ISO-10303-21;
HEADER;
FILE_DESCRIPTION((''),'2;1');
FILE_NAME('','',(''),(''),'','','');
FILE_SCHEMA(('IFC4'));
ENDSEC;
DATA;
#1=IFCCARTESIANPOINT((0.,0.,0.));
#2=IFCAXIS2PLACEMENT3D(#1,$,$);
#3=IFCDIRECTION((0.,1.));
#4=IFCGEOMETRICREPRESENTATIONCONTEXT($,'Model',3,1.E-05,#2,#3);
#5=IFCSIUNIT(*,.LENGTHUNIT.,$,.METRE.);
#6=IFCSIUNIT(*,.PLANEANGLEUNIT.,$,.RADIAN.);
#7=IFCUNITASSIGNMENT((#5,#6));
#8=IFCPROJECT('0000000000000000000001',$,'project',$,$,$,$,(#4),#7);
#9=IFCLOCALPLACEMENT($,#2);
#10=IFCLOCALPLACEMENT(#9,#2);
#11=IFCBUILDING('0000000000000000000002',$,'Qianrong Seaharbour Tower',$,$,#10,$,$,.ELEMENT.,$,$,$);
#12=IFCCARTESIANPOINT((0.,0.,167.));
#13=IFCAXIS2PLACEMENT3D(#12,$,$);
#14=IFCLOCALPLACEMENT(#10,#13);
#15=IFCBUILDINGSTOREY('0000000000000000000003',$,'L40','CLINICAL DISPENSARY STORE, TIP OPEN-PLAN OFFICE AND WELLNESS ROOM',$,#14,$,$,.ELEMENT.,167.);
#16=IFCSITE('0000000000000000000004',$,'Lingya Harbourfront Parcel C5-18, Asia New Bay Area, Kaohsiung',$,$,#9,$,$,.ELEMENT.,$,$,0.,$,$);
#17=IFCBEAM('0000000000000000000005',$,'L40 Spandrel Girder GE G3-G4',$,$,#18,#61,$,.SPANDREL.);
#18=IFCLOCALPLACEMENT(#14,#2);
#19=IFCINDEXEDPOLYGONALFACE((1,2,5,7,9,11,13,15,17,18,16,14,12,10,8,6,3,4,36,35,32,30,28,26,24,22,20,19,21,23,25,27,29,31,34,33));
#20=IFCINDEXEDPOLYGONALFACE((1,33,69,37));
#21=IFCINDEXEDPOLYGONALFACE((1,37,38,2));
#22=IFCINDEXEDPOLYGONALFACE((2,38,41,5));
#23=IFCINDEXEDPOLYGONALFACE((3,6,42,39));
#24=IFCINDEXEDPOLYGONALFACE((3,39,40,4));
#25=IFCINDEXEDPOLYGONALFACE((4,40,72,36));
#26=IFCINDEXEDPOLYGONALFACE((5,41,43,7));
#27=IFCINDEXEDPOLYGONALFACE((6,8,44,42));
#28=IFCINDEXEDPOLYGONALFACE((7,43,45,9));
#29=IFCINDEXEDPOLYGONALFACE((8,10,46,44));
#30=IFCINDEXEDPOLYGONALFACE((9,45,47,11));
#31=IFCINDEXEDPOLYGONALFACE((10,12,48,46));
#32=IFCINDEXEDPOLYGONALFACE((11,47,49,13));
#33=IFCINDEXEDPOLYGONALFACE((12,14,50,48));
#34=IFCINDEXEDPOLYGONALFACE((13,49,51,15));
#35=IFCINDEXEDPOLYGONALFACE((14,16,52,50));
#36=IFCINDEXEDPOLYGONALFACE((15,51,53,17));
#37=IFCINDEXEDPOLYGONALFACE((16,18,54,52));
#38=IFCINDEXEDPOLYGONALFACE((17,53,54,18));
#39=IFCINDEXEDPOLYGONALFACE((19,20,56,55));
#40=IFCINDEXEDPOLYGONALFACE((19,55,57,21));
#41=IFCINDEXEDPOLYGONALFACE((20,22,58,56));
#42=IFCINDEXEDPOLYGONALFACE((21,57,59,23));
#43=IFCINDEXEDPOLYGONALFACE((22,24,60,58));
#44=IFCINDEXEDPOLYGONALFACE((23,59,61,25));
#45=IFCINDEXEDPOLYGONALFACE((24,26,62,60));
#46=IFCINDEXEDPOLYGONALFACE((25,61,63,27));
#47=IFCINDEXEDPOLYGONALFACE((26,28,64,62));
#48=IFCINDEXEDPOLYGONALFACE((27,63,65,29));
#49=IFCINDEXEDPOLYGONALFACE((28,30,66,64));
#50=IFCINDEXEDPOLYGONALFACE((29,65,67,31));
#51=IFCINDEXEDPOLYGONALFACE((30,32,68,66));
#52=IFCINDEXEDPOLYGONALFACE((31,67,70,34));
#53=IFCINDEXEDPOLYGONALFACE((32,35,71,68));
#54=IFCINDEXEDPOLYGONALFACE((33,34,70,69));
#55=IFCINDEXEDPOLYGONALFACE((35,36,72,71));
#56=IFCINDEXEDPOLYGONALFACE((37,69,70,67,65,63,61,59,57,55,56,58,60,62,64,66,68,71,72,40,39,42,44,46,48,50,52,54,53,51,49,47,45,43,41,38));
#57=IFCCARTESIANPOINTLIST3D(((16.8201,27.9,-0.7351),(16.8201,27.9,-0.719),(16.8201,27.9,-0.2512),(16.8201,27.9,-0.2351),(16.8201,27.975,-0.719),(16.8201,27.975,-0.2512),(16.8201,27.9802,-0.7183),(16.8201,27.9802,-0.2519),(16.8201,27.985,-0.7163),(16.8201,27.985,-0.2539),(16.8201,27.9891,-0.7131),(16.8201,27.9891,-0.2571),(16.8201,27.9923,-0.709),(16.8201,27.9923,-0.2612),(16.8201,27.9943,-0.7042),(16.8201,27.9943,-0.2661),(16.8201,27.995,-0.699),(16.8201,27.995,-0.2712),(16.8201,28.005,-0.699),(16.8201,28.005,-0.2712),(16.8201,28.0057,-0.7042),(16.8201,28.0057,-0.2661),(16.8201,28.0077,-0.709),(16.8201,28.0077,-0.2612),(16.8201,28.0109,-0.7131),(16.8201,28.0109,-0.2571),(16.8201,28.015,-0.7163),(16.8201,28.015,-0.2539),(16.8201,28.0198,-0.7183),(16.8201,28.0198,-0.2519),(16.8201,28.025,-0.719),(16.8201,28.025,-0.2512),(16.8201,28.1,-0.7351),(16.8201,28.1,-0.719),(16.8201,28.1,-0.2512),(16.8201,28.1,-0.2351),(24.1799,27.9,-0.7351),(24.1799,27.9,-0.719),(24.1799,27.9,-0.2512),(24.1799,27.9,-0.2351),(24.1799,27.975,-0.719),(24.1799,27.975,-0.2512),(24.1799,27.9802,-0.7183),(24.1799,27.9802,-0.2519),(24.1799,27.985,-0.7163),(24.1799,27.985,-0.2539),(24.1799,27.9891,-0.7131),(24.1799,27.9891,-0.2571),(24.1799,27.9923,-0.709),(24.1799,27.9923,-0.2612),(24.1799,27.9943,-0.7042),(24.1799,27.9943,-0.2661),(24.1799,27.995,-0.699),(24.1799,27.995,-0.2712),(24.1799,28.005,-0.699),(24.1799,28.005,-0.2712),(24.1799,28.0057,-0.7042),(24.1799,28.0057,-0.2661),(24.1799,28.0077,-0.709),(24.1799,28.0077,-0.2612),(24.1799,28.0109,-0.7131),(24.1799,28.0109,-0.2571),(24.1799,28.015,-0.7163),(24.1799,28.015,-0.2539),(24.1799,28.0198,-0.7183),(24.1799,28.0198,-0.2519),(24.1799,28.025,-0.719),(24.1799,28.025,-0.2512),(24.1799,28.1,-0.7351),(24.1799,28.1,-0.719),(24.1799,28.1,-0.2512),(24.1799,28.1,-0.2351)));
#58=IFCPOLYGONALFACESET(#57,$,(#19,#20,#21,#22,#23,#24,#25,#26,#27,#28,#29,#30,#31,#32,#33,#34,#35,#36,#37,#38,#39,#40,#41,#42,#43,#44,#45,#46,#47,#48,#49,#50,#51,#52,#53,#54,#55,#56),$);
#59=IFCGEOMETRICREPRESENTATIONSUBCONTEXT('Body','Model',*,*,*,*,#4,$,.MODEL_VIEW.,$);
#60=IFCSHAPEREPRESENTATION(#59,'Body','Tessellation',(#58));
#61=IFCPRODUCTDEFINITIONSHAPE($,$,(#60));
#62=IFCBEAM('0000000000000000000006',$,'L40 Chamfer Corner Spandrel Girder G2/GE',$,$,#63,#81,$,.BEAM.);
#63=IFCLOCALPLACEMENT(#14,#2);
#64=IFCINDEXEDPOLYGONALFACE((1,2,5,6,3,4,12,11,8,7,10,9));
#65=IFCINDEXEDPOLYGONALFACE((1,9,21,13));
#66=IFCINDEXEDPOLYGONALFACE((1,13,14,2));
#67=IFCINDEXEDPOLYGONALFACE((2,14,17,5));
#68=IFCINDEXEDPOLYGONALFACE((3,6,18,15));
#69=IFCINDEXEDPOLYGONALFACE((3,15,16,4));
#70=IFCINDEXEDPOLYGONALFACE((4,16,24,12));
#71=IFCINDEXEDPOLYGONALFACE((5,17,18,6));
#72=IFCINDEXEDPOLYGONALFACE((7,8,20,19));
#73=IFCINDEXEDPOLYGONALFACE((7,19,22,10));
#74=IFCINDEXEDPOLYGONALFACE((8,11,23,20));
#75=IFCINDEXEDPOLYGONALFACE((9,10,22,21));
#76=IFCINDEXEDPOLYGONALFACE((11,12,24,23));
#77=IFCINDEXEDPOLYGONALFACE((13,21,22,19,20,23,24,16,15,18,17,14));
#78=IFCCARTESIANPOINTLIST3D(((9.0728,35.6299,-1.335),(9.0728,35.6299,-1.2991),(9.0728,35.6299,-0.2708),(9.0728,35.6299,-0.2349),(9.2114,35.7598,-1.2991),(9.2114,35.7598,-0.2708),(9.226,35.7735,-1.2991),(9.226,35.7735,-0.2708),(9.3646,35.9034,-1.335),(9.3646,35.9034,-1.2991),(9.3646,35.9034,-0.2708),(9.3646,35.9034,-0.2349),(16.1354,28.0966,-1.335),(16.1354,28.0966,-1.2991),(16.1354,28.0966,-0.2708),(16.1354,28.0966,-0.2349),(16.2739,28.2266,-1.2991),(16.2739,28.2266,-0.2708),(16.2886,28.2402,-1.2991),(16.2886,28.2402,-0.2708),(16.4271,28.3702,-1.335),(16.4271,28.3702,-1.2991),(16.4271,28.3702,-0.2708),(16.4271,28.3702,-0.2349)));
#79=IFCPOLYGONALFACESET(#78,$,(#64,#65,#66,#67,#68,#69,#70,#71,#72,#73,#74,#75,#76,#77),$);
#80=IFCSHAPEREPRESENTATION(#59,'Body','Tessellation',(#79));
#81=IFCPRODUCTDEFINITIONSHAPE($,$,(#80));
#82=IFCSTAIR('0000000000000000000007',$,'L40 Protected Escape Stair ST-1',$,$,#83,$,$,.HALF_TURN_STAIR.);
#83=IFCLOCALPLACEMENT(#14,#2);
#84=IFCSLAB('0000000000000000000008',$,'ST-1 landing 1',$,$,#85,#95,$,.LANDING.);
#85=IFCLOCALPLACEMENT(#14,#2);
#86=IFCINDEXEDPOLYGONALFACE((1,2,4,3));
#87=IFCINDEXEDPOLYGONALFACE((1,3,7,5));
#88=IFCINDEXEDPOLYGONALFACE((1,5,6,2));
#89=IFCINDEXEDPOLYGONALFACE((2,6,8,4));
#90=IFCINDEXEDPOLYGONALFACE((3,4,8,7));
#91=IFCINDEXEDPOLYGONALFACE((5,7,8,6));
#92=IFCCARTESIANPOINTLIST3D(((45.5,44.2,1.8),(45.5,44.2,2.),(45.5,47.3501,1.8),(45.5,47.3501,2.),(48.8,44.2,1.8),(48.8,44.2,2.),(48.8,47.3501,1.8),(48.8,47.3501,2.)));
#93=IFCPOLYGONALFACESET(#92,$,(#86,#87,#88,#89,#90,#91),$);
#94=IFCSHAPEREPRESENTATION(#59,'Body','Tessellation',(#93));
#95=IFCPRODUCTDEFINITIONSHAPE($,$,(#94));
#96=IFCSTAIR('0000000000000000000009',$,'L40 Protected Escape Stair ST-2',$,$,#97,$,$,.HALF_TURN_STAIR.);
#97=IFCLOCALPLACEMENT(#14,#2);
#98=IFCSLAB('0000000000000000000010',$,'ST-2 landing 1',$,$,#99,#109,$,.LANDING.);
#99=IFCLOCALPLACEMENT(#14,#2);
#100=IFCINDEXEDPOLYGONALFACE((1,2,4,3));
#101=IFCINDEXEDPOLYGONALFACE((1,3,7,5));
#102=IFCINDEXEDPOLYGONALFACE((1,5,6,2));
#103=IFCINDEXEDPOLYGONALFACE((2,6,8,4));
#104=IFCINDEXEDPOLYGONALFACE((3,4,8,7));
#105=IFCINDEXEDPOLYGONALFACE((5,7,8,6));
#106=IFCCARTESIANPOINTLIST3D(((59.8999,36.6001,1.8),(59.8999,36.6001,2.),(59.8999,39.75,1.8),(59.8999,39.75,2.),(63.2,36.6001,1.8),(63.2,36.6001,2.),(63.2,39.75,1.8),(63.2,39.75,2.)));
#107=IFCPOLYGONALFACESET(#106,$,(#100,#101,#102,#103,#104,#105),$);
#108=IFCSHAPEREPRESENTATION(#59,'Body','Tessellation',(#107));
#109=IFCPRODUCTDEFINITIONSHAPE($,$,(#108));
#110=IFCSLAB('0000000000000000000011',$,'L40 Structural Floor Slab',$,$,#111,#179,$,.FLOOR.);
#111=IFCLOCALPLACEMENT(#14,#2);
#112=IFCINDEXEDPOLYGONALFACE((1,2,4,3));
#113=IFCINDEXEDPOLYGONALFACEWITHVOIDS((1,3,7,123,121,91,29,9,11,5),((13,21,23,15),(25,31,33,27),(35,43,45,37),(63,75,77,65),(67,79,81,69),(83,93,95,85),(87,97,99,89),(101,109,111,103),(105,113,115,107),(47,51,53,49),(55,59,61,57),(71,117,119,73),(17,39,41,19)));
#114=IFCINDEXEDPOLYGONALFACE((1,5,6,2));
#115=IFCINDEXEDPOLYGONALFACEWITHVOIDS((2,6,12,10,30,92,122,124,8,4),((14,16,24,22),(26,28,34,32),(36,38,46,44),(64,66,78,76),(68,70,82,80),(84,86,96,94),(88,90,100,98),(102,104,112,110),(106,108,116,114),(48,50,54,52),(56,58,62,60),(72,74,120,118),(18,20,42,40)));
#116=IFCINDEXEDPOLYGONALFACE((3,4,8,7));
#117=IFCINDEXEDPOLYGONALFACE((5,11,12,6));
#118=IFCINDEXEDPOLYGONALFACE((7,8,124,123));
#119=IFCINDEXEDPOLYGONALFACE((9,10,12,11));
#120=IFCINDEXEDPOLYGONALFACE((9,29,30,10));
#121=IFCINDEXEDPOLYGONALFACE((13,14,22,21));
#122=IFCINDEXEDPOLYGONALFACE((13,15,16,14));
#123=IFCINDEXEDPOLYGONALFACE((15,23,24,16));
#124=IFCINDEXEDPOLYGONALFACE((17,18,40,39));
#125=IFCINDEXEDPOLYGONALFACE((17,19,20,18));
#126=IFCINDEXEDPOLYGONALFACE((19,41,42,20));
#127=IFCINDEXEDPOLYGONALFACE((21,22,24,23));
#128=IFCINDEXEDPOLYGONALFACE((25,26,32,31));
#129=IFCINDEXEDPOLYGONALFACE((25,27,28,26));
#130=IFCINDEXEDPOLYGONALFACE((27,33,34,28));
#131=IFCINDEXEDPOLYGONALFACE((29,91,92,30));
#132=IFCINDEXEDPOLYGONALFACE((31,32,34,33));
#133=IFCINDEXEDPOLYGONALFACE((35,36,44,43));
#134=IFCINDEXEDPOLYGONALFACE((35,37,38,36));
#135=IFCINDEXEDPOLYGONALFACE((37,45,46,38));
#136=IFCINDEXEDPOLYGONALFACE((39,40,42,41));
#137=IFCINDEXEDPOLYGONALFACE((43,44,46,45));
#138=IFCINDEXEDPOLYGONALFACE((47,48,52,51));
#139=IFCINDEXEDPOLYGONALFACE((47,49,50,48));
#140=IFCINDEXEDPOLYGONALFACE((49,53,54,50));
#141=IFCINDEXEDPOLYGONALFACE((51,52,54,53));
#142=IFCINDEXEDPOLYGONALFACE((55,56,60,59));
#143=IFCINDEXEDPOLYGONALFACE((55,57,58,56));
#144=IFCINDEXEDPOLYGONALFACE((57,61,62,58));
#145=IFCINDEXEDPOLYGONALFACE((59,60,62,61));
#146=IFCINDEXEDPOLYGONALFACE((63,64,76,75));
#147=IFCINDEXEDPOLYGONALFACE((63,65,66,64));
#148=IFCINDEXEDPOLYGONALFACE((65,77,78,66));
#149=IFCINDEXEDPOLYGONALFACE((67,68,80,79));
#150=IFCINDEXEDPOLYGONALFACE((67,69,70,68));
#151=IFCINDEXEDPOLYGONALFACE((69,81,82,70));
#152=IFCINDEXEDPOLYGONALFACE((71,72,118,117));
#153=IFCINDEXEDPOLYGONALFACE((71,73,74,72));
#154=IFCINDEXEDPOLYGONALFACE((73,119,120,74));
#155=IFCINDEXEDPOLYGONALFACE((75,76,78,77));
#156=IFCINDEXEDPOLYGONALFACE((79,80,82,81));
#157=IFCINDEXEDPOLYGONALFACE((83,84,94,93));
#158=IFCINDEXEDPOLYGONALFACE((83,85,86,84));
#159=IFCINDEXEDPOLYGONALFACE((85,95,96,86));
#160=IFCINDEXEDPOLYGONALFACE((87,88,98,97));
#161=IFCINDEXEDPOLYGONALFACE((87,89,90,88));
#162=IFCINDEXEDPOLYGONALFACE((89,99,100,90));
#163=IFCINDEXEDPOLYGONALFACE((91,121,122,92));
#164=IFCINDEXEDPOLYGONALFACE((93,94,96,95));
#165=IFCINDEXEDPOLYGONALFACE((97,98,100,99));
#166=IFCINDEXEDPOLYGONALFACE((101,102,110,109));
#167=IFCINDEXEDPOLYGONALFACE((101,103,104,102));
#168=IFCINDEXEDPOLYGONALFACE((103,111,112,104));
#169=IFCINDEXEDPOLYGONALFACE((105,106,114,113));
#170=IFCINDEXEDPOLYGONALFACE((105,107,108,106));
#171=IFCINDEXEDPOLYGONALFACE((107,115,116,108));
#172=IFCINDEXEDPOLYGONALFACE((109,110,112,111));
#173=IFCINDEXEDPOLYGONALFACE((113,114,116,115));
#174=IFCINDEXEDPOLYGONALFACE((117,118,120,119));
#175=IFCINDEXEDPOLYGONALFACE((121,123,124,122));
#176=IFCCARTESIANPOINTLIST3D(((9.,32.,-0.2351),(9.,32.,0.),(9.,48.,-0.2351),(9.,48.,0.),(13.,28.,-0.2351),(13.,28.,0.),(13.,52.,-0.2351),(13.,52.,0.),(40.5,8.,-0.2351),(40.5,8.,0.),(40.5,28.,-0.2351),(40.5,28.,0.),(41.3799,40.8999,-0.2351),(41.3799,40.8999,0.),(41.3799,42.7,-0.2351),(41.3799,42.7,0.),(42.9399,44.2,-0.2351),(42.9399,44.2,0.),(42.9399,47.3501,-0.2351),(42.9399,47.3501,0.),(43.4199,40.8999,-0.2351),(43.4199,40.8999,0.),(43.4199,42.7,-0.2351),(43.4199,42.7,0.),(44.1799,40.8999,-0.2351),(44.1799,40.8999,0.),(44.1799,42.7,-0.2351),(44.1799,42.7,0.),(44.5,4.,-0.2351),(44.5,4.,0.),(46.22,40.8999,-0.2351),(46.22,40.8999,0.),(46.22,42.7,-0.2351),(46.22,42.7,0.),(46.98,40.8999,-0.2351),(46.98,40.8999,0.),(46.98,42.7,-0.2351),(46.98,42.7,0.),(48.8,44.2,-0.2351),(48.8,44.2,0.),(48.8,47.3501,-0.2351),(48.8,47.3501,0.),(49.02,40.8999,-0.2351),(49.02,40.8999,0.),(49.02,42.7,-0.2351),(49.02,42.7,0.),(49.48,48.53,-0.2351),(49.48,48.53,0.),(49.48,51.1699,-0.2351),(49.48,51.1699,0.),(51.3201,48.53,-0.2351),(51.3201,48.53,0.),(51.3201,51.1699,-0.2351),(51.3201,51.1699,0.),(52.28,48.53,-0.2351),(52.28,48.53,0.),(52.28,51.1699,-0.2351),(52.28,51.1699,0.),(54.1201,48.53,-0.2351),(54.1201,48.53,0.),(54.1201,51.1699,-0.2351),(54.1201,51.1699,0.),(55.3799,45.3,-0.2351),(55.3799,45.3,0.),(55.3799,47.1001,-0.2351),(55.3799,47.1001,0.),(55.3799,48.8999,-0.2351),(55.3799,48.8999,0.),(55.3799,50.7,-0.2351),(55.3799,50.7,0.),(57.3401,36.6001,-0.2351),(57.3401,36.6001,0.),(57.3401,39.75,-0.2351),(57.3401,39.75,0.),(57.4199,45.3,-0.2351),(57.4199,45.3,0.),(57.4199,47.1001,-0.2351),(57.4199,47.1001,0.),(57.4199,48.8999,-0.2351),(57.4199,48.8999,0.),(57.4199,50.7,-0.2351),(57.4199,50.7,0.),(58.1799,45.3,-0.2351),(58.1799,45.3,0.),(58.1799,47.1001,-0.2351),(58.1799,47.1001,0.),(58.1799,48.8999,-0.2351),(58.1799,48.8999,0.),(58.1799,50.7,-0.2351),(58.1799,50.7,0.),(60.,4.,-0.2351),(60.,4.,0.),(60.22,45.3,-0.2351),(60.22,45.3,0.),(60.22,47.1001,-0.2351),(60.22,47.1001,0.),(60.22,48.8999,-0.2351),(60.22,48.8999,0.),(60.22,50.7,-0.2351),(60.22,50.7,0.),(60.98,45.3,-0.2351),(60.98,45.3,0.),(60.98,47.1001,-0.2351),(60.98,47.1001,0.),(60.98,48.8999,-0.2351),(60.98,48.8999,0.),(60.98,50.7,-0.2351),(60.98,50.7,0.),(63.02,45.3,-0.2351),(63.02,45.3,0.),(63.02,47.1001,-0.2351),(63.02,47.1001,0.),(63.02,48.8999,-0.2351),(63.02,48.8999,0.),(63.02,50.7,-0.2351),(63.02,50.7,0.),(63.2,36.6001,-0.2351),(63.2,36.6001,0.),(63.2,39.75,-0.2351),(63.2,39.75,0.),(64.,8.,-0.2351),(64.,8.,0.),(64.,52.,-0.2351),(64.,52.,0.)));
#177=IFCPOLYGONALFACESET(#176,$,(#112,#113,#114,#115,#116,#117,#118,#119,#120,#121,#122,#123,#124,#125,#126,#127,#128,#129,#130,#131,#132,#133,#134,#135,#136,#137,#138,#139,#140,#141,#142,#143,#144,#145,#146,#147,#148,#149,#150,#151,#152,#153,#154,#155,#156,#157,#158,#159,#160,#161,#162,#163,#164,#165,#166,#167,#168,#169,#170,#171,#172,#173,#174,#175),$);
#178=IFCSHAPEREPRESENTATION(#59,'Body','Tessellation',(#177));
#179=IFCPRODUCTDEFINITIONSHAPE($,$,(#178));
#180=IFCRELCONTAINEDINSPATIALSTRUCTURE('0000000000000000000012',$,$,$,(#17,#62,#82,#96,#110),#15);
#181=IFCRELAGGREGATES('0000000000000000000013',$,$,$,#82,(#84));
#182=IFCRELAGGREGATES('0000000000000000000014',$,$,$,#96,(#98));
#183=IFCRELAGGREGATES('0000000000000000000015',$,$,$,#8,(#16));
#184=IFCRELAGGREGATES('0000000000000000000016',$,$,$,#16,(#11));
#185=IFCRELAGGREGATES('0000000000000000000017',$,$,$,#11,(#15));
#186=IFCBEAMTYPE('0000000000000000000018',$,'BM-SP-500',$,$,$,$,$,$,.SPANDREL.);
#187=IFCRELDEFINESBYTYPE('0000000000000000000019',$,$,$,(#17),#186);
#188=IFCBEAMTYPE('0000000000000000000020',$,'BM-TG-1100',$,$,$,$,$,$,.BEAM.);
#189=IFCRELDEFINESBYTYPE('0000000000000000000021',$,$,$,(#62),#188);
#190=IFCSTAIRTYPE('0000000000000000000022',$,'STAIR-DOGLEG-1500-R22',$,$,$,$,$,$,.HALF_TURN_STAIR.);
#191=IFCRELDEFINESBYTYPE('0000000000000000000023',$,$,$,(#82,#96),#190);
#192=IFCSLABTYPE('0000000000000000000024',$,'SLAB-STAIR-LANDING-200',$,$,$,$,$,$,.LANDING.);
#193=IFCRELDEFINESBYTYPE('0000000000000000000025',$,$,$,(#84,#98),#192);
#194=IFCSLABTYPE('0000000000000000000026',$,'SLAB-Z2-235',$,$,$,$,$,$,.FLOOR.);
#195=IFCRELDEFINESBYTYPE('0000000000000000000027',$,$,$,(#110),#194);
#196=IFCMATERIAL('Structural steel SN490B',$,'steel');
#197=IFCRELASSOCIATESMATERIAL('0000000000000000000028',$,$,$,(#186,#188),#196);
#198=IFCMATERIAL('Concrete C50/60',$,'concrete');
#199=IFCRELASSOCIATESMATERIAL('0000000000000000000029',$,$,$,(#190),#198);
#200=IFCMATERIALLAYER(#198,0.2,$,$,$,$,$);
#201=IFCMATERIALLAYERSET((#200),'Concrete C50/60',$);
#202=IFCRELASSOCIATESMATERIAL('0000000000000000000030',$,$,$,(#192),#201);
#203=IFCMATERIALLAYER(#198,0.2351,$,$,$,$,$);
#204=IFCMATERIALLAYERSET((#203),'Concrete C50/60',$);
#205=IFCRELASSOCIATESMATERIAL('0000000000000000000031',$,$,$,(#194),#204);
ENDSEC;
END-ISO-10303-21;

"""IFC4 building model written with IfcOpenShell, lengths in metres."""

from ifc_helpers import new_model, si_unit, direction, frame, origin, origin_2d, place, context, subcontext, project, spatial, polyline, i_section, outline, extrude, material, layer, layer_set, material_profile, profile_set, type_object, element, aggregate, save


model = new_model("IFC4")

# Units and contexts
model_context = context("Model", 3, precision=1e-05, world=origin(), true_north=direction((0.0, 1.0)))
body_context = subcontext(model_context, "Body", "Model", "MODEL_VIEW")
ifc_project = project(units=[si_unit("LENGTHUNIT", "METRE"), si_unit("PLANEANGLEUNIT", "RADIAN")], contexts=[model_context])

# Site, building, storey
site_placement = place(None, origin())
site = spatial("IfcSite", under=ifc_project, at=site_placement, Name="Lingya Harbourfront Parcel C5-18, Asia New Bay Area, Kaohsiung", CompositionType="ELEMENT", RefElevation=0.0)
building_placement = place(site_placement, origin())
building = spatial("IfcBuilding", under=site, at=building_placement, Name="Qianrong Seaharbour Tower", CompositionType="ELEMENT")
storey_placement = place(building_placement, frame((0.0, 0.0, 167.0)))
storey = spatial("IfcBuildingStorey", under=building, at=storey_placement, Name="L40", Description="CLINICAL DISPENSARY STORE, TIP OPEN-PLAN OFFICE AND WELLNESS ROOM", CompositionType="ELEMENT", Elevation=167.0)

# Shared definitions
ifc_material_1 = material(Name="Structural steel SN490B", Category="steel")

# Beams
ifc_material_profile_1 = material_profile(ifc_material_1, i_section(OverallWidth=0.2, OverallDepth=0.5, WebThickness=0.01, FlangeThickness=0.0161, FilletRadius=0.02, at=origin_2d()), Name="H500x200x10x16")
ifc_profile_set_1 = profile_set([ifc_material_profile_1], Name="Structural steel SN490B")
beam_type_1 = type_object("IfcBeamType", Name="BM-SP-500", PredefinedType="SPANDREL", material=ifc_profile_set_1)
beam_1_placement = place(storey_placement, frame((16.8201, 28.0, -0.4851), z_axis=(1.0, 0.0, 0.0), x_axis=(0.0, 1.0, 0.0)))
element("IfcBeam", 1, at=beam_1_placement, inside=storey, type_object=beam_type_1, Name="L40 Spandrel Girder GE G3-G4", PredefinedType="SPANDREL", context=body_context, shape_type="SweptSolid", body=[
    extrude(i_section(OverallWidth=0.2, OverallDepth=0.5, WebThickness=0.01, FlangeThickness=0.0161, FilletRadius=0.02, at=origin_2d()), origin(), (0.0, 0.0, 1.0), 7.3599),
])
ifc_material_profile_2 = material_profile(ifc_material_1, i_section(OverallWidth=0.3999, OverallDepth=1.1001, WebThickness=0.02, FlangeThickness=0.0359, at=origin_2d()), Name="BH1100x400x20x36")
ifc_profile_set_2 = profile_set([ifc_material_profile_2], Name="Structural steel SN490B")
beam_type_2 = type_object("IfcBeamType", Name="BM-TG-1100", PredefinedType="BEAM", material=ifc_profile_set_2)
beam_2_placement = place(storey_placement, frame((16.2812, 28.2334, -0.7849), z_axis=(-0.683947, 0.729531, 0.0), x_axis=(-0.729531, -0.683947, 0.0)))
element("IfcBeam", 2, at=beam_2_placement, inside=storey, type_object=beam_type_2, Name="L40 Chamfer Corner Spandrel Girder G2/GE", PredefinedType="BEAM", context=body_context, shape_type="SweptSolid", body=[
    extrude(i_section(OverallWidth=0.3999, OverallDepth=1.1001, WebThickness=0.02, FlangeThickness=0.0359, at=origin_2d()), origin(), (0.0, 0.0, 1.0), 10.3262),
])

# Stairs, slabs
ifc_material_2 = material(Name="Concrete C50/60", Category="concrete")
stair_type = type_object("IfcStairType", Name="STAIR-DOGLEG-1500-R22", PredefinedType="HALF_TURN_STAIR", material=ifc_material_2)
stair_1_placement = place(storey_placement, origin())
stair_1 = element("IfcStair", 3, at=stair_1_placement, inside=storey, type_object=stair_type, Name="L40 Protected Escape Stair ST-1", PredefinedType="HALF_TURN_STAIR")
ifc_layer_1 = layer(ifc_material_2, 0.2)
ifc_layer_set_1 = layer_set([ifc_layer_1], Name="Concrete C50/60")
slab_type_1 = type_object("IfcSlabType", Name="SLAB-STAIR-LANDING-200", PredefinedType="LANDING", material=ifc_layer_set_1)
slab_1_placement = place(storey_placement, frame((0.0, 0.0, 1.8)))
slab_1 = element("IfcSlab", 4, at=slab_1_placement, type_object=slab_type_1, Name="ST-1 landing 1", PredefinedType="LANDING", context=body_context, shape_type="SweptSolid", body=[
    extrude(outline(polyline([(45.5, 44.2), (48.8, 44.2), (48.8, 47.3501), (45.5, 47.3501), (45.5, 44.2)])), origin(), (0.0, 0.0, 1.0), 0.2),
])
aggregate(stair_1, [slab_1])
stair_2_placement = place(storey_placement, origin())
stair_2 = element("IfcStair", 5, at=stair_2_placement, inside=storey, type_object=stair_type, Name="L40 Protected Escape Stair ST-2", PredefinedType="HALF_TURN_STAIR")
slab_2_placement = place(storey_placement, frame((0.0, 0.0, 1.8)))
slab_2 = element("IfcSlab", 6, at=slab_2_placement, type_object=slab_type_1, Name="ST-2 landing 1", PredefinedType="LANDING", context=body_context, shape_type="SweptSolid", body=[
    extrude(outline(polyline([(59.8999, 36.6001), (63.2, 36.6001), (63.2, 39.75), (59.8999, 39.75), (59.8999, 36.6001)])), origin(), (0.0, 0.0, 1.0), 0.2),
])
aggregate(stair_2, [slab_2])

# Slab
ifc_layer_2 = layer(ifc_material_2, 0.2351)
ifc_layer_set_2 = layer_set([ifc_layer_2], Name="Concrete C50/60")
slab_type_2 = type_object("IfcSlabType", Name="SLAB-Z2-235", PredefinedType="FLOOR", material=ifc_layer_set_2)
slab_3_placement = place(storey_placement, frame((0.0, 0.0, -0.2351)))
element("IfcSlab", 7, at=slab_3_placement, inside=storey, type_object=slab_type_2, Name="L40 Structural Floor Slab", PredefinedType="FLOOR", context=body_context, shape_type="SweptSolid", body=[
    extrude(outline(polyline([(44.5, 4.0), (60.0, 4.0), (64.0, 8.0), (64.0, 52.0), (13.0, 52.0), (9.0, 48.0), (9.0, 32.0), (13.0, 28.0), (40.5, 28.0), (40.5, 8.0), (44.5, 4.0)]), holes=[polyline([(42.9399, 44.2), (42.9399, 47.3501), (48.8, 47.3501), (48.8, 44.2), (42.9399, 44.2)]), polyline([(57.3401, 36.6001), (57.3401, 39.75), (63.2, 39.75), (63.2, 36.6001), (57.3401, 36.6001)]), polyline([(49.48, 48.53), (49.48, 51.1699), (51.3201, 51.1699), (51.3201, 48.53), (49.48, 48.53)]), polyline([(52.28, 48.53), (52.28, 51.1699), (54.1201, 51.1699), (54.1201, 48.53), (52.28, 48.53)]), polyline([(41.3799, 40.8999), (41.3799, 42.7), (43.4199, 42.7), (43.4199, 40.8999), (41.3799, 40.8999)]), polyline([(44.1799, 40.8999), (44.1799, 42.7), (46.22, 42.7), (46.22, 40.8999), (44.1799, 40.8999)]), polyline([(46.98, 40.8999), (46.98, 42.7), (49.02, 42.7), (49.02, 40.8999), (46.98, 40.8999)]), polyline([(55.3799, 45.3), (55.3799, 47.1001), (57.4199, 47.1001), (57.4199, 45.3), (55.3799, 45.3)]), polyline([(58.1799, 45.3), (58.1799, 47.1001), (60.22, 47.1001), (60.22, 45.3), (58.1799, 45.3)]), polyline([(60.98, 45.3), (60.98, 47.1001), (63.02, 47.1001), (63.02, 45.3), (60.98, 45.3)]), polyline([(55.3799, 48.8999), (55.3799, 50.7), (57.4199, 50.7), (57.4199, 48.8999), (55.3799, 48.8999)]), polyline([(58.1799, 48.8999), (58.1799, 50.7), (60.22, 50.7), (60.22, 48.8999), (58.1799, 48.8999)]), polyline([(60.98, 48.8999), (60.98, 50.7), (63.02, 50.7), (63.02, 48.8999), (60.98, 48.8999)])]), origin(), (0.0, 0.0, 1.0), 0.2351),
])

save(model, "model.ifc")
